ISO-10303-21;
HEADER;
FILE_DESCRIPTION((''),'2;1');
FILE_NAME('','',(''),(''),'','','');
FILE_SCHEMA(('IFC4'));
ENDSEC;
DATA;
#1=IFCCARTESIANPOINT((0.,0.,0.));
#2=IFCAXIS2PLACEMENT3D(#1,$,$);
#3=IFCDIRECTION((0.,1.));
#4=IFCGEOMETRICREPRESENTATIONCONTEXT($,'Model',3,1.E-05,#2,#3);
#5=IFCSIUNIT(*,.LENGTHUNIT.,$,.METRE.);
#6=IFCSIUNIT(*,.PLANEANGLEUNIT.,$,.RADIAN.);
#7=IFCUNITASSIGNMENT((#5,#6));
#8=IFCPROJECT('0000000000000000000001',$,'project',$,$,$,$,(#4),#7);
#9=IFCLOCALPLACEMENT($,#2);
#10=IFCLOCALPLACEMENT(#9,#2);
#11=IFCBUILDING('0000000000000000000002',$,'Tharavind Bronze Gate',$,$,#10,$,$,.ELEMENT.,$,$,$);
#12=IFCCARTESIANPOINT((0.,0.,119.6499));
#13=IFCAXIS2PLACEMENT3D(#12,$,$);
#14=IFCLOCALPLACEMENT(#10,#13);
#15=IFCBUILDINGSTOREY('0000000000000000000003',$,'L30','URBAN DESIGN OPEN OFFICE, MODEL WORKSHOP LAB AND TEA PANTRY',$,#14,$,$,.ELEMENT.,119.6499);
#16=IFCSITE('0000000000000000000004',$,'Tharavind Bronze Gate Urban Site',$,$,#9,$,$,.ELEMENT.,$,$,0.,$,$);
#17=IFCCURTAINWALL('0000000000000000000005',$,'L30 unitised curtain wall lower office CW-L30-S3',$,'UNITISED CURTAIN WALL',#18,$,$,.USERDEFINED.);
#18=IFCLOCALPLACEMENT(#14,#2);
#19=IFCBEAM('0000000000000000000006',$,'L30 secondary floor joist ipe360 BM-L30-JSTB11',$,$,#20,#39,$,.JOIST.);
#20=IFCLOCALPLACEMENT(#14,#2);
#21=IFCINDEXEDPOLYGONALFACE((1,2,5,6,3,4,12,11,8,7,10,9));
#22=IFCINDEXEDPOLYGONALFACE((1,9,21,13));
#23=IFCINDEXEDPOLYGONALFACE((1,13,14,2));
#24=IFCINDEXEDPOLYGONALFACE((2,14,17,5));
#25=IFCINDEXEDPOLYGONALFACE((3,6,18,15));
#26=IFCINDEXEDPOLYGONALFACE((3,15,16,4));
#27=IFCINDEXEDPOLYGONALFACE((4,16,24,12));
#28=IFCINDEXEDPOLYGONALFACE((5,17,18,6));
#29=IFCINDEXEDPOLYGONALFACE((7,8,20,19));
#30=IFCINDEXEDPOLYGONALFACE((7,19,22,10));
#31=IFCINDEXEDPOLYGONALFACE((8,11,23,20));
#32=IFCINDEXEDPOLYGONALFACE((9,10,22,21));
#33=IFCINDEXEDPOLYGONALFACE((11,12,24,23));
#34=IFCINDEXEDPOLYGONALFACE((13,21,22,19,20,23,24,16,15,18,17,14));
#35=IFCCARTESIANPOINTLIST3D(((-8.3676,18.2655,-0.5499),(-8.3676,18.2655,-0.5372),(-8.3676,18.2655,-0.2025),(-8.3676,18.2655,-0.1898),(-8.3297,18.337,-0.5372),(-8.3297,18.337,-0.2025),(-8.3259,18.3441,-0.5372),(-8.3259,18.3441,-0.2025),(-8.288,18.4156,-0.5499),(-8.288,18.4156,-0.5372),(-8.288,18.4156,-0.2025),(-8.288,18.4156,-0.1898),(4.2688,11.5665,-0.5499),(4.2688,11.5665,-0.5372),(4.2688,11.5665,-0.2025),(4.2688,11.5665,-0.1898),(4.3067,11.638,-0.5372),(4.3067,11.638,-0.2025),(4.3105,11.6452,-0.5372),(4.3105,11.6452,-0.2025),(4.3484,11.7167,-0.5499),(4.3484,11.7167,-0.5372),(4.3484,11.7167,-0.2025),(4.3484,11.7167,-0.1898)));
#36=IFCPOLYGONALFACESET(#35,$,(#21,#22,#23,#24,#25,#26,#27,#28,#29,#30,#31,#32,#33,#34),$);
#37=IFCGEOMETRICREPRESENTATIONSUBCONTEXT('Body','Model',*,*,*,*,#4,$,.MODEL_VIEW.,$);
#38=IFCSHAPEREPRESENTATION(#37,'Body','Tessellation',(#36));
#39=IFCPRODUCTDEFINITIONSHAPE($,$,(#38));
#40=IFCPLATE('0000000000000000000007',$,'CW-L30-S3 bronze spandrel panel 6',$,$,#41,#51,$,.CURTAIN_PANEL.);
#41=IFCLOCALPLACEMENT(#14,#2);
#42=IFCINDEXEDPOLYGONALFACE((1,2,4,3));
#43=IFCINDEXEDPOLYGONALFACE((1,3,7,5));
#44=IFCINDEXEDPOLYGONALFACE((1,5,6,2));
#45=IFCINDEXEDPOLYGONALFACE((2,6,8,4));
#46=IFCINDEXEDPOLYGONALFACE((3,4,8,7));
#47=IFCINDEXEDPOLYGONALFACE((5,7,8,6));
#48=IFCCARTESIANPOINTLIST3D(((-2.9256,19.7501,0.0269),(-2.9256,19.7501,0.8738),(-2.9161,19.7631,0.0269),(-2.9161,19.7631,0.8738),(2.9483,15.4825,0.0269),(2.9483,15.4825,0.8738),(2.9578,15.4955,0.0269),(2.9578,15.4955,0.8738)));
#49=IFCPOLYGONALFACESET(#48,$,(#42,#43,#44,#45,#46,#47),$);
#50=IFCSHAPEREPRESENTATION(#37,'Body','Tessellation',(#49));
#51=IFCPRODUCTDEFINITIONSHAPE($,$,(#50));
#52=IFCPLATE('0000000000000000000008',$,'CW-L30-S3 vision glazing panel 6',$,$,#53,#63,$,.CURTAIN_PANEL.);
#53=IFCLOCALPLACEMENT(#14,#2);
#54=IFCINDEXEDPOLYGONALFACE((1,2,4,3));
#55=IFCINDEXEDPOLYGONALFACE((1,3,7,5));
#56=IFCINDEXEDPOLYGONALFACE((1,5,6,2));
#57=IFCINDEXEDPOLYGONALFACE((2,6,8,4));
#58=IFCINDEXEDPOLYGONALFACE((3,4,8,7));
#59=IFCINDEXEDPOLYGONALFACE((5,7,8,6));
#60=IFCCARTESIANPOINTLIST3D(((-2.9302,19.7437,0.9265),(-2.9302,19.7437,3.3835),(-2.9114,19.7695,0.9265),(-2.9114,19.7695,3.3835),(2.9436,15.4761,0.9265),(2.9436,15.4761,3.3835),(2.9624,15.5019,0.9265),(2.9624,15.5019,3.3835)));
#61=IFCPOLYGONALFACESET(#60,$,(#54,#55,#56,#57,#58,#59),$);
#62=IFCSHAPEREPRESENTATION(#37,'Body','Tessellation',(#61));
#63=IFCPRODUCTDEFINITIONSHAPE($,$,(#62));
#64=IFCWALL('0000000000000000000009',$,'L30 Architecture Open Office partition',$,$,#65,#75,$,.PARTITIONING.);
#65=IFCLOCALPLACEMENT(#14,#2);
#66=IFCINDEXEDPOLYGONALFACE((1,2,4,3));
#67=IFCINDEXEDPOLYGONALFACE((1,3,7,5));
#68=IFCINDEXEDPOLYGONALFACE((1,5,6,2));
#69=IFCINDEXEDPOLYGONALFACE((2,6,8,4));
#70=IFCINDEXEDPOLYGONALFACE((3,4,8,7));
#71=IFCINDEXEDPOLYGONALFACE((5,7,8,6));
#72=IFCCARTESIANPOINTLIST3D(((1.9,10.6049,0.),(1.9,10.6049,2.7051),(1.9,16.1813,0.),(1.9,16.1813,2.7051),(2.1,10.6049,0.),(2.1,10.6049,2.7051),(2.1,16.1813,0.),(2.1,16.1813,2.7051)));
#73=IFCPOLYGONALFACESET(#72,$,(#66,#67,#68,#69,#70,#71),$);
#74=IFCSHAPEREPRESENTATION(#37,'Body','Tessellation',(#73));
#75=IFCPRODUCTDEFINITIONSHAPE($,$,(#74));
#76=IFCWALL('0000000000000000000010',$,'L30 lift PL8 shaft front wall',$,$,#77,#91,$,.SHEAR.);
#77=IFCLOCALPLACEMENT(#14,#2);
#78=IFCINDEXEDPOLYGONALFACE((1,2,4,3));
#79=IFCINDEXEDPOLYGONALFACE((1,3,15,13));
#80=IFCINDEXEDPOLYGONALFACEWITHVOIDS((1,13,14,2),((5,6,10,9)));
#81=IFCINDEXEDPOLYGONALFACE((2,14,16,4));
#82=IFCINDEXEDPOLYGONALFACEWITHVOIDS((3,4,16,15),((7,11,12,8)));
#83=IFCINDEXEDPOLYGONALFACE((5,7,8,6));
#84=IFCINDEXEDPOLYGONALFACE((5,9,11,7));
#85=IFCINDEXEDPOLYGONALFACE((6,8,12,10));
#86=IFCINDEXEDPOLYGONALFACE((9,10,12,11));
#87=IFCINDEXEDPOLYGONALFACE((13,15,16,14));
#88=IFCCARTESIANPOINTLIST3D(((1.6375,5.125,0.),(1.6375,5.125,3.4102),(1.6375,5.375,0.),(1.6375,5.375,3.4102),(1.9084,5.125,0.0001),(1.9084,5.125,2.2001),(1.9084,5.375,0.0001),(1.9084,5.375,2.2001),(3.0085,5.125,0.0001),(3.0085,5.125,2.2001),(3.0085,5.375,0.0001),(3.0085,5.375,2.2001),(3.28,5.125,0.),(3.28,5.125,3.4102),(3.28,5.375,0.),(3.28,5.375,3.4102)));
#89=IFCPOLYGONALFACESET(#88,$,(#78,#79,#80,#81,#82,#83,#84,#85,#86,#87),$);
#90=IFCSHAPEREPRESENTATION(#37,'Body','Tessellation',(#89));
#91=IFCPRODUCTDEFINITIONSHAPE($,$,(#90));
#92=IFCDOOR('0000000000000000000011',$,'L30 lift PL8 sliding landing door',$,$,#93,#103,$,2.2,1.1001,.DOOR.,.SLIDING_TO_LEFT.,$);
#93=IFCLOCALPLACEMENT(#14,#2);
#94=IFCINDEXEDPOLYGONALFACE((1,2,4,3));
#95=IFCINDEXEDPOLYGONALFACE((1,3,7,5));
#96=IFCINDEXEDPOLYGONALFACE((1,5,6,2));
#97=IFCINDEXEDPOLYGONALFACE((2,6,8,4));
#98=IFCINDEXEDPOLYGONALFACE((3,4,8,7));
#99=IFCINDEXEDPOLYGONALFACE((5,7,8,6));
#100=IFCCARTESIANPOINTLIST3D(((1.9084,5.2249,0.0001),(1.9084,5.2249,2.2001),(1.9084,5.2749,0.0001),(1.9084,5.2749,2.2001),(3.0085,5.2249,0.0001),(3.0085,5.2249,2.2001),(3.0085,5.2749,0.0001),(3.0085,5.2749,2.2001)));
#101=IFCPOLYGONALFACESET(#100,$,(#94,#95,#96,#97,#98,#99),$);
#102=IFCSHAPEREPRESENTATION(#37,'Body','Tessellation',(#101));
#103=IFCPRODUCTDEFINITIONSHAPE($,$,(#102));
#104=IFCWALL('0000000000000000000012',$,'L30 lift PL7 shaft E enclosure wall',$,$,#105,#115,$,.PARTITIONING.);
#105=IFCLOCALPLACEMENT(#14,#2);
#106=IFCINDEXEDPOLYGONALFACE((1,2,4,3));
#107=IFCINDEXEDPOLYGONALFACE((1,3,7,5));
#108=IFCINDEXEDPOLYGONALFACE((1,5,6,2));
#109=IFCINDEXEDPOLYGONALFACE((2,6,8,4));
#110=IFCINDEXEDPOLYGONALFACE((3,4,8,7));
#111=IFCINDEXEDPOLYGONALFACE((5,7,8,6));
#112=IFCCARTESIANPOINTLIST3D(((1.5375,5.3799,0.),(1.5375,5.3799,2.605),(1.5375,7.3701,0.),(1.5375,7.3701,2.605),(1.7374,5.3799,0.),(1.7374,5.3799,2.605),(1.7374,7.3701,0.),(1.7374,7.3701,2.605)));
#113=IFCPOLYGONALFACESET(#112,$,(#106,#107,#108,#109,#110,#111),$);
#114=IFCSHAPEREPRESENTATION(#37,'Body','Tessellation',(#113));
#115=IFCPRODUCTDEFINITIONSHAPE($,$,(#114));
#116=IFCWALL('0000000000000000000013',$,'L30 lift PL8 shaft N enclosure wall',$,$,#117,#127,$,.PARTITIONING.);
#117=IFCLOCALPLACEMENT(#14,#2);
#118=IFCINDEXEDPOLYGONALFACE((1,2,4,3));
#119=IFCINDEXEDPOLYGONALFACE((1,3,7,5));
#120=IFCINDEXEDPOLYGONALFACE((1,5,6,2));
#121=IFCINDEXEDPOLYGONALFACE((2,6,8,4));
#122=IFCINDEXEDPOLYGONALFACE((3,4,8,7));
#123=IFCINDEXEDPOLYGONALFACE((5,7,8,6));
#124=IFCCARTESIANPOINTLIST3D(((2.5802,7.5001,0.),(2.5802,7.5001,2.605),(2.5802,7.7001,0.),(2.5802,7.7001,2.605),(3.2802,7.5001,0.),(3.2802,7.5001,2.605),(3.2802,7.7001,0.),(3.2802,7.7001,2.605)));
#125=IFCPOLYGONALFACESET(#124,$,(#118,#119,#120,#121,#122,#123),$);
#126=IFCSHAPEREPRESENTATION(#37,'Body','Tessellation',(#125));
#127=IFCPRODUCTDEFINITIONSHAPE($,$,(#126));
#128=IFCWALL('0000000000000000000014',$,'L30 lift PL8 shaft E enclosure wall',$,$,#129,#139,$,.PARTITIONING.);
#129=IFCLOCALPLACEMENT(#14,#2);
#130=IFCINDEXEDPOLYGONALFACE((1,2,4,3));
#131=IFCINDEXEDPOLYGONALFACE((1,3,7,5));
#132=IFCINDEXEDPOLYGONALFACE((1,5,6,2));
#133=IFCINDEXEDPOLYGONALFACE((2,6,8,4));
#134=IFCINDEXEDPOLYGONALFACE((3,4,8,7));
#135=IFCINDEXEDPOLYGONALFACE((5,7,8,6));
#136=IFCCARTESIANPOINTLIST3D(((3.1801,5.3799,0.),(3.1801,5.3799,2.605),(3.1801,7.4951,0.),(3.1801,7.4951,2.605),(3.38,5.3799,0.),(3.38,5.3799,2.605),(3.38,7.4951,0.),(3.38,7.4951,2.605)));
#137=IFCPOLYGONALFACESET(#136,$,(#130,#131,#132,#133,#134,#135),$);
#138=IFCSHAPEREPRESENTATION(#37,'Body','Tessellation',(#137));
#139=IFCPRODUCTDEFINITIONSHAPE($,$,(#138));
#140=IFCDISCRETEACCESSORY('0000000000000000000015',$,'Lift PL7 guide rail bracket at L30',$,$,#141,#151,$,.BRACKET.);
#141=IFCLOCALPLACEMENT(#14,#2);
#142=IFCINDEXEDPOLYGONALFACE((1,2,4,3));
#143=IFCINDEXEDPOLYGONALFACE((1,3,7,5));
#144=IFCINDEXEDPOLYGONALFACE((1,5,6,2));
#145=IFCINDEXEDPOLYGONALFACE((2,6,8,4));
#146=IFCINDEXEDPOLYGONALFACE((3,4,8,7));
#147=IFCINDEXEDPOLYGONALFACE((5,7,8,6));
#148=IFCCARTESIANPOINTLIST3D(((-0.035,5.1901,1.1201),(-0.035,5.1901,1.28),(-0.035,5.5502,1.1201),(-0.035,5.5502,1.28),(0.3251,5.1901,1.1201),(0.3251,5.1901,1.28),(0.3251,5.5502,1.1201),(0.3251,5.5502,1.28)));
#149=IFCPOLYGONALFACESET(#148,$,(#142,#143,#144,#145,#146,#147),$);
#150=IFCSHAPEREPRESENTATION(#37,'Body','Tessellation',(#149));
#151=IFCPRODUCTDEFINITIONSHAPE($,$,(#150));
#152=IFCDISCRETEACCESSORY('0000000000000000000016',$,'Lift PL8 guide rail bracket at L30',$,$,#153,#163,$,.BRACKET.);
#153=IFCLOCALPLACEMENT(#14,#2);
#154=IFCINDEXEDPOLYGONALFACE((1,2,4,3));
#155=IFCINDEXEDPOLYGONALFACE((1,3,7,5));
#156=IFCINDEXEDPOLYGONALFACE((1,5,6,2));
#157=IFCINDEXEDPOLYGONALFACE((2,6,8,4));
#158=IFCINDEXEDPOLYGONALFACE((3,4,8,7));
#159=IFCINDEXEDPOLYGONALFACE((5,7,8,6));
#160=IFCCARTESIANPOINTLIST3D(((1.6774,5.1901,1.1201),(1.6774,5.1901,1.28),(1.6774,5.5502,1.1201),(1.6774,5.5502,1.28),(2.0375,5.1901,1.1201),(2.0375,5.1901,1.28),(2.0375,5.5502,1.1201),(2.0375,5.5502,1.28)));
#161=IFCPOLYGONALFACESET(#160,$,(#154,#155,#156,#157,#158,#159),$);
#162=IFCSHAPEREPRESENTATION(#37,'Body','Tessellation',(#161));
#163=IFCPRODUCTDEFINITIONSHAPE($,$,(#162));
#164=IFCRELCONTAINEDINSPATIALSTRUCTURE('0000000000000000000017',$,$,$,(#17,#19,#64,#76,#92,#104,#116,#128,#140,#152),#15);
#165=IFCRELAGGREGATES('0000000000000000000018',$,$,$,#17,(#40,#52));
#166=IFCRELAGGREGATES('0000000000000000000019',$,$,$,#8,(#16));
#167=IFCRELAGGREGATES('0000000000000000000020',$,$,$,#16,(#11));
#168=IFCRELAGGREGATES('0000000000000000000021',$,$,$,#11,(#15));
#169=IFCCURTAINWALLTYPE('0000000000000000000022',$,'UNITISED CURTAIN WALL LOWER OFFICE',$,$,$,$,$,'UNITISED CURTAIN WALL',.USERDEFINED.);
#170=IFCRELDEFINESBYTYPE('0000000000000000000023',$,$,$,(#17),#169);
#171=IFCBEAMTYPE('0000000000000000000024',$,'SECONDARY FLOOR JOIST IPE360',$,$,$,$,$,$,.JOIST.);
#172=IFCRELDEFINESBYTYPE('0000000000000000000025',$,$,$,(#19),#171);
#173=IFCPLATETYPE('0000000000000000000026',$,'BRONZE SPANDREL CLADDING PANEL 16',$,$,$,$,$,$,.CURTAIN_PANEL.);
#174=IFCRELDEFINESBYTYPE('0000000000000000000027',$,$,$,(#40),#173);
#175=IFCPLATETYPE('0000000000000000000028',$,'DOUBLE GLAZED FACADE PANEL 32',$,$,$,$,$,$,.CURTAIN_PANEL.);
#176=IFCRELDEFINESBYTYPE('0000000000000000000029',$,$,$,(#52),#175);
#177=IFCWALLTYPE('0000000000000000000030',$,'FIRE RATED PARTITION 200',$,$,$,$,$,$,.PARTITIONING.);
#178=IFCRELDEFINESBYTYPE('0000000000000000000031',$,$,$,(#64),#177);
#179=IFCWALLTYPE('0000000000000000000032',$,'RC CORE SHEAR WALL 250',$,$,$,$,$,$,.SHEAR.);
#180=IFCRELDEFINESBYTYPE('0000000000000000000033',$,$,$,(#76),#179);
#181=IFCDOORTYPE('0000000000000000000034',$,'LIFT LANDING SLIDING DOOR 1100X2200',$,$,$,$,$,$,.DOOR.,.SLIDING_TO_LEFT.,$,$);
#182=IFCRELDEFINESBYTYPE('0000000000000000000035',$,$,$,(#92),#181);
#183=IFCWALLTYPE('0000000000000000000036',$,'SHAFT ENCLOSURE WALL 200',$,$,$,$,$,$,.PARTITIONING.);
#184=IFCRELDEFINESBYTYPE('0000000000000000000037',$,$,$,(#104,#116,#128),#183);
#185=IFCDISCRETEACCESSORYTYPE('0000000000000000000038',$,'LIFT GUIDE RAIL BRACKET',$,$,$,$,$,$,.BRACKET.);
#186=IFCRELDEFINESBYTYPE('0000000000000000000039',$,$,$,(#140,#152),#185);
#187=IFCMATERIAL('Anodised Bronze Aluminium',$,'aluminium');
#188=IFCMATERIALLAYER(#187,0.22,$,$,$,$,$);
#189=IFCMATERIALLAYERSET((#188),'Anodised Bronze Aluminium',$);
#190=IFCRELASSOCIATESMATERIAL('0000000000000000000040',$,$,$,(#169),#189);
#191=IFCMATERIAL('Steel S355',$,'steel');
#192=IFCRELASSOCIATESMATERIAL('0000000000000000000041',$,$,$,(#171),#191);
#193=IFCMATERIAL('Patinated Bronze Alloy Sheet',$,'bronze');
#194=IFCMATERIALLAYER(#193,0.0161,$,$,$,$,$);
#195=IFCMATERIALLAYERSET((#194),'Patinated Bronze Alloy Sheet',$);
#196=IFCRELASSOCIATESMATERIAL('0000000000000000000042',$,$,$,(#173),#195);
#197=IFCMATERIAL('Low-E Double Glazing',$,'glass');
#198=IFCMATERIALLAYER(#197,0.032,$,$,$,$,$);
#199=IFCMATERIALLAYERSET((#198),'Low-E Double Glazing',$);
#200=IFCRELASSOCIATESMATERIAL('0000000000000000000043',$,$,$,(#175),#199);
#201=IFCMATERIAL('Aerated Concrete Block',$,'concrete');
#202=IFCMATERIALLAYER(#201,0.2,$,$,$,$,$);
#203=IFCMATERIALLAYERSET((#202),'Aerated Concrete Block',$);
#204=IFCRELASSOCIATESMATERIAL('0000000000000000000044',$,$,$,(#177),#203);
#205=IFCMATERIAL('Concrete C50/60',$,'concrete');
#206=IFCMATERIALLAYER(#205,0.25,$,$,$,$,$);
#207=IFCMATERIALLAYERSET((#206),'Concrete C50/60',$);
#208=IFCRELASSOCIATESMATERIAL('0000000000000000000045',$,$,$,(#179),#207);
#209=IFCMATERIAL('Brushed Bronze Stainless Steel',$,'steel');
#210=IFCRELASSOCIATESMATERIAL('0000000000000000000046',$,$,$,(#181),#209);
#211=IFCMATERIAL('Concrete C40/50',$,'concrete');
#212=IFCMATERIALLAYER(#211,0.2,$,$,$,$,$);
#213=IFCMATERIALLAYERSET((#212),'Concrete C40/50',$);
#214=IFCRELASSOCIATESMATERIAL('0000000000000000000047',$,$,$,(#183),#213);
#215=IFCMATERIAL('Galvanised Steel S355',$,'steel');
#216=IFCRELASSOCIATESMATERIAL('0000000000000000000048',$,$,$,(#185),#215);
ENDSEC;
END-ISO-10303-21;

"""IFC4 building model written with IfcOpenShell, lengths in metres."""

from ifc_helpers import new_model, si_unit, direction, frame, frame_2d, origin, origin_2d, place, context, subcontext, project, spatial, rectangle, i_section, extrude, material, layer, layer_set, material_profile, profile_set, type_object, element, fill, aggregate, save


model = new_model("IFC4")

# Units and contexts
model_context = context("Model", 3, precision=1e-05, world=origin(), true_north=direction((0.0, 1.0)))
body_context = subcontext(model_context, "Body", "Model", "MODEL_VIEW")
ifc_project = project(units=[si_unit("LENGTHUNIT", "METRE"), si_unit("PLANEANGLEUNIT", "RADIAN")], contexts=[model_context])

# Site, building, storey
site_placement = place(None, origin())
site = spatial("IfcSite", under=ifc_project, at=site_placement, Name="Tharavind Bronze Gate Urban Site", CompositionType="ELEMENT", RefElevation=0.0)
building_placement = place(site_placement, origin())
building = spatial("IfcBuilding", under=site, at=building_placement, Name="Tharavind Bronze Gate", CompositionType="ELEMENT")
storey_placement = place(building_placement, frame((0.0, 0.0, 119.6499)))
storey = spatial("IfcBuildingStorey", under=building, at=storey_placement, Name="L30", Description="URBAN DESIGN OPEN OFFICE, MODEL WORKSHOP LAB AND TEA PANTRY", CompositionType="ELEMENT", Elevation=119.6499)

# Curtain wall
ifc_material_1 = material(Name="Anodised Bronze Aluminium", Category="aluminium")
ifc_layer_1 = layer(ifc_material_1, 0.22)
ifc_layer_set_1 = layer_set([ifc_layer_1], Name="Anodised Bronze Aluminium")
curtain_wall_type = type_object("IfcCurtainWallType", Name="UNITISED CURTAIN WALL LOWER OFFICE", ElementType="UNITISED CURTAIN WALL", PredefinedType="USERDEFINED", material=ifc_layer_set_1)
curtain_wall_placement = place(storey_placement, origin())
curtain_wall = element("IfcCurtainWall", 1, at=curtain_wall_placement, inside=storey, type_object=curtain_wall_type, Name="L30 unitised curtain wall lower office CW-L30-S3", ObjectType="UNITISED CURTAIN WALL", PredefinedType="USERDEFINED")

# Beam
ifc_material_2 = material(Name="Steel S355", Category="steel")
ifc_material_profile_1 = material_profile(ifc_material_2, i_section(OverallWidth=0.1699, OverallDepth=0.3601, WebThickness=0.0081, FlangeThickness=0.0127, at=origin_2d()), Name="IPE360")
ifc_profile_set_1 = profile_set([ifc_material_profile_1], Name="Steel S355")
beam_type_1 = type_object("IfcBeamType", Name="SECONDARY FLOOR JOIST IPE360", PredefinedType="JOIST", material=ifc_profile_set_1)
beam_1_placement = place(storey_placement, frame((4.3086, 11.6416, -0.3699), z_axis=(-0.883525, 0.468383, 0.0), x_axis=(-0.468383, -0.883525, 0.0)))
element("IfcBeam", 2, at=beam_1_placement, inside=storey, type_object=beam_type_1, Name="L30 secondary floor joist ipe360 BM-L30-JSTB11", PredefinedType="JOIST", context=body_context, shape_type="SweptSolid", body=[
    extrude(i_section(OverallWidth=0.1699, OverallDepth=0.3601, WebThickness=0.0081, FlangeThickness=0.0127, at=origin_2d()), origin(), (0.0, 0.0, 1.0), 14.3022),
])

# Plates
ifc_material_3 = material(Name="Patinated Bronze Alloy Sheet", Category="bronze")
ifc_layer_2 = layer(ifc_material_3, 0.0161)
ifc_layer_set_2 = layer_set([ifc_layer_2], Name="Patinated Bronze Alloy Sheet")
plate_type_1 = type_object("IfcPlateType", Name="BRONZE SPANDREL CLADDING PANEL 16", PredefinedType="CURTAIN_PANEL", material=ifc_layer_set_2)
plate_1_placement = place(storey_placement, frame((0.0161, 17.6228, 0.0269), z_axis=(0.0, 0.0, 1.0), x_axis=(-0.809017, 0.587785, 0.0)))
plate_1 = element("IfcPlate", 3, at=plate_1_placement, type_object=plate_type_1, Name="CW-L30-S3 bronze spandrel panel 6", PredefinedType="CURTAIN_PANEL", context=body_context, shape_type="SweptSolid", body=[
    extrude(rectangle(XDim=7.2605, YDim=0.0161, at=origin_2d()), origin(), (0.0, 0.0, 1.0), 0.8469),
])
ifc_material_4 = material(Name="Low-E Double Glazing", Category="glass")
ifc_layer_3 = layer(ifc_material_4, 0.032)
ifc_layer_set_3 = layer_set([ifc_layer_3], Name="Low-E Double Glazing")
plate_type_2 = type_object("IfcPlateType", Name="DOUBLE GLAZED FACADE PANEL 32", PredefinedType="CURTAIN_PANEL", material=ifc_layer_set_3)
plate_2_placement = place(storey_placement, frame((0.0161, 17.6228, 0.9265), z_axis=(0.0, 0.0, 1.0), x_axis=(-0.809017, 0.587785, 0.0)))
plate_2 = element("IfcPlate", 4, at=plate_2_placement, type_object=plate_type_2, Name="CW-L30-S3 vision glazing panel 6", PredefinedType="CURTAIN_PANEL", context=body_context, shape_type="SweptSolid", body=[
    extrude(rectangle(XDim=7.2605, YDim=0.032, at=origin_2d()), origin(), (0.0, 0.0, 1.0), 2.457),
])
aggregate(curtain_wall, [plate_1, plate_2])

# Wall
ifc_material_5 = material(Name="Aerated Concrete Block", Category="concrete")
ifc_layer_4 = layer(ifc_material_5, 0.2)
ifc_layer_set_4 = layer_set([ifc_layer_4], Name="Aerated Concrete Block")
wall_type_1 = type_object("IfcWallType", Name="FIRE RATED PARTITION 200", PredefinedType="PARTITIONING", material=ifc_layer_set_4)
wall_1_placement = place(storey_placement, frame((2.0, 10.605, 0.0), z_axis=(0.0, 0.0, 1.0), x_axis=(0.0, 1.0, 0.0)))
element("IfcWall", 5, at=wall_1_placement, inside=storey, type_object=wall_type_1, Name="L30 Architecture Open Office partition", PredefinedType="PARTITIONING", context=body_context, shape_type="SweptSolid", body=[
    extrude(rectangle(XDim=5.5764, YDim=0.2, at=frame_2d((2.7881, 0.0))), origin(), (0.0, 0.0, 1.0), 2.7051),
])

# Wall, opening, door
ifc_material_6 = material(Name="Concrete C50/60", Category="concrete")
ifc_layer_5 = layer(ifc_material_6, 0.25)
ifc_layer_set_5 = layer_set([ifc_layer_5], Name="Concrete C50/60")
wall_type_2 = type_object("IfcWallType", Name="RC CORE SHEAR WALL 250", PredefinedType="SHEAR", material=ifc_layer_set_5)
wall_2_placement = place(storey_placement, frame((1.6375, 5.25, 0.0), z_axis=(0.0, 0.0, 1.0), x_axis=(1.0, 0.0, 0.0)))
wall_2 = element("IfcWall", 6, at=wall_2_placement, inside=storey, type_object=wall_type_2, Name="L30 lift PL8 shaft front wall", PredefinedType="SHEAR", context=body_context, shape_type="SweptSolid", body=[
    extrude(rectangle(XDim=1.6426, YDim=0.25, at=frame_2d((0.8213, 0.0))), origin(), (0.0, 0.0, 1.0), 3.4102),
])
opening_placement = place(wall_2_placement, frame((0.271, 0.0, 0.0)))
opening = element("IfcOpeningElement", 7, at=opening_placement, cuts=wall_2, PredefinedType="OPENING", context=body_context, shape_type="SweptSolid", body=[
    extrude(rectangle(XDim=1.1001, YDim=2.2, at=frame_2d((0.55, 1.1001))), frame((0.0, 0.135, 0.0), z_axis=(0.0, -1.0, 0.0), x_axis=(1.0, 0.0, 0.0)), (0.0, 0.0, 1.0), 0.27),
])
ifc_material_7 = material(Name="Brushed Bronze Stainless Steel", Category="steel")
door_type = type_object("IfcDoorType", Name="LIFT LANDING SLIDING DOOR 1100X2200", OperationType="SLIDING_TO_LEFT", PredefinedType="DOOR", material=ifc_material_7)
door_placement = place(opening_placement, origin())
door = element("IfcDoor", 8, at=door_placement, inside=storey, type_object=door_type, Name="L30 lift PL8 sliding landing door", OperationType="SLIDING_TO_LEFT", OverallHeight=2.2, OverallWidth=1.1001, PredefinedType="DOOR", context=body_context, shape_type="SweptSolid", body=[
    extrude(rectangle(XDim=1.1001, YDim=2.2, at=frame_2d((0.55, 1.1001))), frame((0.0, 0.0249, 0.0), z_axis=(0.0, -1.0, 0.0), x_axis=(1.0, 0.0, 0.0)), (0.0, 0.0, 1.0), 0.05),
])
fill(opening, door)

# Walls
ifc_material_8 = material(Name="Concrete C40/50", Category="concrete")
ifc_layer_6 = layer(ifc_material_8, 0.2)
ifc_layer_set_6 = layer_set([ifc_layer_6], Name="Concrete C40/50")
wall_type_3 = type_object("IfcWallType", Name="SHAFT ENCLOSURE WALL 200", PredefinedType="PARTITIONING", material=ifc_layer_set_6)
wall_3_placement = place(storey_placement, frame((1.6375, 5.3799, 0.0), z_axis=(0.0, 0.0, 1.0), x_axis=(0.0, 1.0, 0.0)))
element("IfcWall", 9, at=wall_3_placement, inside=storey, type_object=wall_type_3, Name="L30 lift PL7 shaft E enclosure wall", PredefinedType="PARTITIONING", context=body_context, shape_type="SweptSolid", body=[
    extrude(rectangle(XDim=1.9902, YDim=0.2, at=frame_2d((0.9951, 0.0))), origin(), (0.0, 0.0, 1.0), 2.605),
])
wall_4_placement = place(storey_placement, frame((2.5801, 7.6001, 0.0), z_axis=(0.0, 0.0, 1.0), x_axis=(1.0, 0.0, 0.0)))
element("IfcWall", 10, at=wall_4_placement, inside=storey, type_object=wall_type_3, Name="L30 lift PL8 shaft N enclosure wall", PredefinedType="PARTITIONING", context=body_context, shape_type="SweptSolid", body=[
    extrude(rectangle(XDim=0.7, YDim=0.2, at=frame_2d((0.3501, 0.0))), origin(), (0.0, 0.0, 1.0), 2.605),
])
wall_5_placement = place(storey_placement, frame((3.28, 5.3799, 0.0), z_axis=(0.0, 0.0, 1.0), x_axis=(0.0, 1.0, 0.0)))
element("IfcWall", 11, at=wall_5_placement, inside=storey, type_object=wall_type_3, Name="L30 lift PL8 shaft E enclosure wall", PredefinedType="PARTITIONING", context=body_context, shape_type="SweptSolid", body=[
    extrude(rectangle(XDim=2.1152, YDim=0.2, at=frame_2d((1.0576, 0.0))), origin(), (0.0, 0.0, 1.0), 2.605),
])

# Discrete accessories
ifc_material_9 = material(Name="Galvanised Steel S355", Category="steel")
discrete_accessory_type = type_object("IfcDiscreteAccessoryType", Name="LIFT GUIDE RAIL BRACKET", PredefinedType="BRACKET", material=ifc_material_9)
for number, where, z_axis, x_axis, name in (
    (12, (0.145, 5.3701, 1.1201), (0.0, 0.0, 1.0), (1.0, 0.0, 0.0), "Lift PL7 guide rail bracket at L30"),
    (13, (1.8574, 5.3701, 1.1201), (0.0, 0.0, 1.0), (1.0, 0.0, 0.0), "Lift PL8 guide rail bracket at L30"),
):
    element("IfcDiscreteAccessory", number, at=place(storey_placement, frame(where, z_axis=z_axis, x_axis=x_axis)), inside=storey, type_object=discrete_accessory_type, Name=name, PredefinedType="BRACKET", context=body_context, shape_type="SweptSolid", body=[
        extrude(rectangle(XDim=0.3601, YDim=0.3601, at=origin_2d()), origin(), (0.0, 0.0, 1.0), 0.1599),
    ])

save(model, "model.ifc")
